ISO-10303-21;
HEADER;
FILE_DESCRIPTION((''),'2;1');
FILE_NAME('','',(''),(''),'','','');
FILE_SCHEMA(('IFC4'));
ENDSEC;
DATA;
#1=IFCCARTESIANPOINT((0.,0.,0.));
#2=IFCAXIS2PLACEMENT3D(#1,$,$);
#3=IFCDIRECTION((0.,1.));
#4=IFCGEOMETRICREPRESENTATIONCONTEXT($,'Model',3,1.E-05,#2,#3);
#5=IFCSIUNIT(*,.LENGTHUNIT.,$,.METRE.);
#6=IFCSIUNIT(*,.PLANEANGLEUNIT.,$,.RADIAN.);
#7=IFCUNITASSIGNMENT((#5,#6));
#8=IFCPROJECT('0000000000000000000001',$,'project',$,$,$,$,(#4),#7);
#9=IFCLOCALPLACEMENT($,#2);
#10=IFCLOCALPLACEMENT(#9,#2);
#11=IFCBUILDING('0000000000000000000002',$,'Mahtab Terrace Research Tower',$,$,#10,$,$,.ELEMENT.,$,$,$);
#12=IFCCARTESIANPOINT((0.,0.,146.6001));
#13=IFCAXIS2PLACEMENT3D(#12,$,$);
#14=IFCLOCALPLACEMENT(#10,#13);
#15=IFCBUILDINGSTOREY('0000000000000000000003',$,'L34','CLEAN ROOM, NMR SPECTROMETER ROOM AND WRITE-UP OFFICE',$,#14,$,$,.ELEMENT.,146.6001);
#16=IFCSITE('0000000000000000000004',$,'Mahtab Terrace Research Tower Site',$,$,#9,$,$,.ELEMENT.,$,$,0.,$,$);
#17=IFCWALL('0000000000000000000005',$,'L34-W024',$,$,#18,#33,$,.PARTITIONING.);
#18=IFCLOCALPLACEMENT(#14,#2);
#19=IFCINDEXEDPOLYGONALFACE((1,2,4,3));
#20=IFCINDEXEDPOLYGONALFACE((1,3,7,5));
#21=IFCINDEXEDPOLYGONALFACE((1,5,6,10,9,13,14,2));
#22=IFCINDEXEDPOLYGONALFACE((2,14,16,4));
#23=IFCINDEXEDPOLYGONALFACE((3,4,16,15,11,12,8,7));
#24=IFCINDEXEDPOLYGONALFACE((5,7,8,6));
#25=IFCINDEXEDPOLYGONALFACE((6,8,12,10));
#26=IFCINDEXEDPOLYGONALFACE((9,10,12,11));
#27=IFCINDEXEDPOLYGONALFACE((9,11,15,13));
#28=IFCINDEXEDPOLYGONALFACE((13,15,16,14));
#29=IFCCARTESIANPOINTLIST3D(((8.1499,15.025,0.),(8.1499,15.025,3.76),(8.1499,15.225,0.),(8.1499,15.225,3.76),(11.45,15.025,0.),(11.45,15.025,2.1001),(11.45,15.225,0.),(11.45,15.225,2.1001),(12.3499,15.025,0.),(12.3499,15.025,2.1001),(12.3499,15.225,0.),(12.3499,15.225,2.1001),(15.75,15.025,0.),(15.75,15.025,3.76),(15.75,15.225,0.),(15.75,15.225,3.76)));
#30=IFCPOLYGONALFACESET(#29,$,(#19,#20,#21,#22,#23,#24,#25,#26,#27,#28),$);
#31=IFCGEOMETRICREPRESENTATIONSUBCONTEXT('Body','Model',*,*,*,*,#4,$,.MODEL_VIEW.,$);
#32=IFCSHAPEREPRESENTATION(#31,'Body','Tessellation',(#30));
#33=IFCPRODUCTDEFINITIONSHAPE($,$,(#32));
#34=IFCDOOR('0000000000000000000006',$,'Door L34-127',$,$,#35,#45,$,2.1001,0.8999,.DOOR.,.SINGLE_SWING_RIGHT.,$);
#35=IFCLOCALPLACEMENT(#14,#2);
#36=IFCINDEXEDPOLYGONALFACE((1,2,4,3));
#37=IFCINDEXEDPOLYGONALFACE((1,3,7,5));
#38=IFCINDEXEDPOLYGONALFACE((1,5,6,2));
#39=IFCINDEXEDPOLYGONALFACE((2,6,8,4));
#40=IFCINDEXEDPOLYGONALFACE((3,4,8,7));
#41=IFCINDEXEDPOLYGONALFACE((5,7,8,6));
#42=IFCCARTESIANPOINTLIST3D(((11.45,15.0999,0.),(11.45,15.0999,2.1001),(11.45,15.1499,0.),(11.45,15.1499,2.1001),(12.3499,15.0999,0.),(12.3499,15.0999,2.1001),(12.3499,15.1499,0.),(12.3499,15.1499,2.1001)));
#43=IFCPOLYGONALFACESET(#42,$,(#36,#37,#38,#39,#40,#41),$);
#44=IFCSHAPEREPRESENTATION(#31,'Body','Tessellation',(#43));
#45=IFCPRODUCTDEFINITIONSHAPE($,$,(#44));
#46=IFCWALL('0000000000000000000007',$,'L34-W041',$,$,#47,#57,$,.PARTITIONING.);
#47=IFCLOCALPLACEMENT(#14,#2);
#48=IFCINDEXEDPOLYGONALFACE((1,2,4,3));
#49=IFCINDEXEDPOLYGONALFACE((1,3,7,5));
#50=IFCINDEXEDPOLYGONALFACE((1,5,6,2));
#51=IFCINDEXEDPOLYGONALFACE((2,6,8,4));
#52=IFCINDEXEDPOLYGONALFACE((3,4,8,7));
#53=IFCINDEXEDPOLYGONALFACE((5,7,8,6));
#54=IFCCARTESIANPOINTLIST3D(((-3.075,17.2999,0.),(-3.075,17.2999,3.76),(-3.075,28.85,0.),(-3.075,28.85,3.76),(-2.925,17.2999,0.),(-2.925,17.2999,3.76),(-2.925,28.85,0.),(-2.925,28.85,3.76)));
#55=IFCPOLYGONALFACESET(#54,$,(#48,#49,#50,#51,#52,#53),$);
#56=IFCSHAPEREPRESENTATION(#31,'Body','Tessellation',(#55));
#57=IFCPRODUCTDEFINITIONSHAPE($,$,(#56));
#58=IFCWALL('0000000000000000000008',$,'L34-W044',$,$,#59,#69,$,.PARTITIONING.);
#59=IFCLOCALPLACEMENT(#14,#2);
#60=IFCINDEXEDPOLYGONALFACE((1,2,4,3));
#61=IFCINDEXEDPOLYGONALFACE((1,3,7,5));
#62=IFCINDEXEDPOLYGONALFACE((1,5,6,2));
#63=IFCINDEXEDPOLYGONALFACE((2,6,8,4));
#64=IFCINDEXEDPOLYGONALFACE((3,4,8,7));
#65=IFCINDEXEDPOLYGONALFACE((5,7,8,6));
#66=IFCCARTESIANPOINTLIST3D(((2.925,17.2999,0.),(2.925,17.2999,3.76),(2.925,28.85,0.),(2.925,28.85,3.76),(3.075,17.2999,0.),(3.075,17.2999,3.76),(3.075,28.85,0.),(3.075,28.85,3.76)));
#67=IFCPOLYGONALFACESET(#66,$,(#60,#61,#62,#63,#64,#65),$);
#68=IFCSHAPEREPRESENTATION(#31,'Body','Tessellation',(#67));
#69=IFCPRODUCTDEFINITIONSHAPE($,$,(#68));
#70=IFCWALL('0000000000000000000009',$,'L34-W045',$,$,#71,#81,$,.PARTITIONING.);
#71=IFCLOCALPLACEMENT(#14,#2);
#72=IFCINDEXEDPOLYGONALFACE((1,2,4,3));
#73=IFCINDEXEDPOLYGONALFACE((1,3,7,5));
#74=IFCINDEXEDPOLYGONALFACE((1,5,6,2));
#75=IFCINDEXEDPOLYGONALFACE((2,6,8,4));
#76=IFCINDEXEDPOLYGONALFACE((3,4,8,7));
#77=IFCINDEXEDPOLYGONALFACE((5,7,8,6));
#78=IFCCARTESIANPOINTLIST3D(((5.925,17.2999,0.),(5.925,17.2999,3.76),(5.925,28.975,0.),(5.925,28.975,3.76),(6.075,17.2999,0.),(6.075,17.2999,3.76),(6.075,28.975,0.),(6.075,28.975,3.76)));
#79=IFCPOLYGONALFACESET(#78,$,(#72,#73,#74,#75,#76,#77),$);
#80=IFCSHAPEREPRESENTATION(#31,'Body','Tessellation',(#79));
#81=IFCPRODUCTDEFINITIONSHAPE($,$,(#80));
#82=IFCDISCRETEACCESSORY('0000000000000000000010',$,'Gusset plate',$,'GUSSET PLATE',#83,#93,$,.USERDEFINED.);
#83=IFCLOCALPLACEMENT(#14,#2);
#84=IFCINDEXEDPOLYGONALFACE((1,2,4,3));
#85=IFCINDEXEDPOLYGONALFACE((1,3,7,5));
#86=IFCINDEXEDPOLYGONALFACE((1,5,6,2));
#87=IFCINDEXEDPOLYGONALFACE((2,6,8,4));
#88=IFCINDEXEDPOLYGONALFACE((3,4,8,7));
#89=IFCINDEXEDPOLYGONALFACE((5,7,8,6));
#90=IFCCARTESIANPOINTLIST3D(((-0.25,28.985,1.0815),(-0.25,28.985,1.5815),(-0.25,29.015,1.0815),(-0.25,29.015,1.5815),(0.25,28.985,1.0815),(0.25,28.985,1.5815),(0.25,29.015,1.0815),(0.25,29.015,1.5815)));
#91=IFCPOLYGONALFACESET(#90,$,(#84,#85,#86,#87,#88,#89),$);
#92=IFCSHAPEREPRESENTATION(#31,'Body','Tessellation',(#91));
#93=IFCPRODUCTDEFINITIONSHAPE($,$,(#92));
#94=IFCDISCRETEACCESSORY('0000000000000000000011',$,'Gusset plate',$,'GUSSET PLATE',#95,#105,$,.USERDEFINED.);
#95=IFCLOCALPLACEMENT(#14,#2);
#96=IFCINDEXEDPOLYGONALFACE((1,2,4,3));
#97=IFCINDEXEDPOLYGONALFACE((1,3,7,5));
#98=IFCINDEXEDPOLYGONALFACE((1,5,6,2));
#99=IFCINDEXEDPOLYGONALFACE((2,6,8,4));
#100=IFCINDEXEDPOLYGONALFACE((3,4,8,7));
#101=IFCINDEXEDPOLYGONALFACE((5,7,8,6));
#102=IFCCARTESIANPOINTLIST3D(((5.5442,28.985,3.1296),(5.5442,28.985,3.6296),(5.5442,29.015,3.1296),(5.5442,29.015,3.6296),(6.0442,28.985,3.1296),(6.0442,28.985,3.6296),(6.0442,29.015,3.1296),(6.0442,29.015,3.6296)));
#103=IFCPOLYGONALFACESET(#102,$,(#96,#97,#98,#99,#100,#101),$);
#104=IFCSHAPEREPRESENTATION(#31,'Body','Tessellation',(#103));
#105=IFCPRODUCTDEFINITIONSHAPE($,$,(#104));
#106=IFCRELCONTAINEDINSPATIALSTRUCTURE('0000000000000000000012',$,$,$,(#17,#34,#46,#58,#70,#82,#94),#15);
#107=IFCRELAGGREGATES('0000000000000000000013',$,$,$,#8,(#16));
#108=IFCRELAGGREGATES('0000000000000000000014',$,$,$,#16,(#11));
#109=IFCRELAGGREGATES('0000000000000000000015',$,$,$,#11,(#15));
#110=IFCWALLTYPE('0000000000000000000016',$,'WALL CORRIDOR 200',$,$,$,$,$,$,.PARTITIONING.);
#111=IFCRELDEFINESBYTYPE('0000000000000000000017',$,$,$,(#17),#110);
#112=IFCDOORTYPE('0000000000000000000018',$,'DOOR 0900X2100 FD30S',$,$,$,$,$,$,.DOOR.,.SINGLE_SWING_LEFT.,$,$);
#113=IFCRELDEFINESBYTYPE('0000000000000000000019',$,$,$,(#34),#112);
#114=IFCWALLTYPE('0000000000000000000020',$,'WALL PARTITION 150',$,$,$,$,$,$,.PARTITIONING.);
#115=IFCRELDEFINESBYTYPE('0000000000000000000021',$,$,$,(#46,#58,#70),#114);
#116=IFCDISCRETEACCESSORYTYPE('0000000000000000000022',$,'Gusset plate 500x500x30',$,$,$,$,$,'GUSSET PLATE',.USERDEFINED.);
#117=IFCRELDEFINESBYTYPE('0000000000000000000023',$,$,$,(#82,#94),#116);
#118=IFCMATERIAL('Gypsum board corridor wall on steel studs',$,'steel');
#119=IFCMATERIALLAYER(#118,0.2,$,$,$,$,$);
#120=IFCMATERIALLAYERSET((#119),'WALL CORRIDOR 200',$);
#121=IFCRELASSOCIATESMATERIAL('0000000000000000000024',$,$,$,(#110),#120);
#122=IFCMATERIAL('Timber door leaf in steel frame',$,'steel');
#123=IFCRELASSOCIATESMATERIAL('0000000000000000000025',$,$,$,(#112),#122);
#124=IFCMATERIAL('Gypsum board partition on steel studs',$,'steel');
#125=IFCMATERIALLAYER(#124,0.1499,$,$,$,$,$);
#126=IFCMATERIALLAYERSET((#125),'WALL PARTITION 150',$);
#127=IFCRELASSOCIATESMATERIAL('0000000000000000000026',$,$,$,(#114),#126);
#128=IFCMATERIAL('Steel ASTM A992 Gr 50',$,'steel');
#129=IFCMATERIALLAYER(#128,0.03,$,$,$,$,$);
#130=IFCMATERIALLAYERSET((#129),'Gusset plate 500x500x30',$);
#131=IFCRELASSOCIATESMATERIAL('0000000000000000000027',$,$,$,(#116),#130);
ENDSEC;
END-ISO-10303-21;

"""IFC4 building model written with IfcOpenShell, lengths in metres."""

from ifc_helpers import new_model, si_unit, direction, frame, frame_2d, origin, origin_2d, place, context, subcontext, project, spatial, rectangle, extrude, material, layer, layer_set, type_object, element, fill, save


model = new_model("IFC4")

# Units and contexts
model_context = context("Model", 3, precision=1e-05, world=origin(), true_north=direction((0.0, 1.0)))
body_context = subcontext(model_context, "Body", "Model", "MODEL_VIEW")
ifc_project = project(units=[si_unit("LENGTHUNIT", "METRE"), si_unit("PLANEANGLEUNIT", "RADIAN")], contexts=[model_context])

# Site, building, storey
site_placement = place(None, origin())
site = spatial("IfcSite", under=ifc_project, at=site_placement, Name="Mahtab Terrace Research Tower Site", CompositionType="ELEMENT", RefElevation=0.0)
building_placement = place(site_placement, origin())
building = spatial("IfcBuilding", under=site, at=building_placement, Name="Mahtab Terrace Research Tower", CompositionType="ELEMENT")
storey_placement = place(building_placement, frame((0.0, 0.0, 146.6001)))
storey = spatial("IfcBuildingStorey", under=building, at=storey_placement, Name="L34", Description="CLEAN ROOM, NMR SPECTROMETER ROOM AND WRITE-UP OFFICE", CompositionType="ELEMENT", Elevation=146.6001)

# Shared definitions
ifc_material_1 = material(Name="Steel ASTM A992 Gr 50", Category="steel")

# Wall, opening, door
ifc_material_2 = material(Name="Gypsum board corridor wall on steel studs", Category="steel")
ifc_layer_1 = layer(ifc_material_2, 0.2)
ifc_layer_set_1 = layer_set([ifc_layer_1], Name="WALL CORRIDOR 200")
wall_type_1 = type_object("IfcWallType", Name="WALL CORRIDOR 200", PredefinedType="PARTITIONING", material=ifc_layer_set_1)
wall_1_placement = place(storey_placement, frame((8.1499, 15.125, 0.0), z_axis=(0.0, 0.0, 1.0), x_axis=(1.0, 0.0, 0.0)))
wall_1 = element("IfcWall", 1, at=wall_1_placement, inside=storey, type_object=wall_type_1, Name="L34-W024", PredefinedType="PARTITIONING", context=body_context, shape_type="SweptSolid", body=[
    extrude(rectangle(XDim=7.6001, YDim=0.2, at=frame_2d((3.8, 0.0))), origin(), (0.0, 0.0, 1.0), 3.76),
])
opening_1_placement = place(wall_1_placement, frame((3.3, 0.0, 0.0)))
opening_1 = element("IfcOpeningElement", 2, at=opening_1_placement, cuts=wall_1, PredefinedType="OPENING", context=body_context, shape_type="SweptSolid", body=[
    extrude(rectangle(XDim=0.8999, YDim=2.1001, at=frame_2d((0.45, 1.05))), frame((0.0, 0.1099, 0.0), z_axis=(0.0, -1.0, 0.0), x_axis=(1.0, 0.0, 0.0)), (0.0, 0.0, 1.0), 0.22),
])
ifc_material_3 = material(Name="Timber door leaf in steel frame", Category="steel")
door_type_1 = type_object("IfcDoorType", Name="DOOR 0900X2100 FD30S", OperationType="SINGLE_SWING_LEFT", PredefinedType="DOOR", material=ifc_material_3)
door_1_placement = place(opening_1_placement, origin())
door_1 = element("IfcDoor", 3, at=door_1_placement, inside=storey, type_object=door_type_1, Name="Door L34-127", OperationType="SINGLE_SWING_RIGHT", OverallHeight=2.1001, OverallWidth=0.8999, PredefinedType="DOOR", context=body_context, shape_type="SweptSolid", body=[
    extrude(rectangle(XDim=0.8999, YDim=2.1001, at=frame_2d((0.45, 1.05))), frame((0.0, 0.0249, 0.0), z_axis=(0.0, -1.0, 0.0), x_axis=(1.0, 0.0, 0.0)), (0.0, 0.0, 1.0), 0.05),
])
fill(opening_1, door_1)

# Walls
ifc_material_4 = material(Name="Gypsum board partition on steel studs", Category="steel")
ifc_layer_2 = layer(ifc_material_4, 0.1499)
ifc_layer_set_2 = layer_set([ifc_layer_2], Name="WALL PARTITION 150")
wall_type_2 = type_object("IfcWallType", Name="WALL PARTITION 150", PredefinedType="PARTITIONING", material=ifc_layer_set_2)
for number, where, z_axis, x_axis, name in (
    (4, (-3.0, 17.3, 0.0), (0.0, 0.0, 1.0), (0.0, 1.0, 0.0), "L34-W041"),
    (5, (3.0, 17.3, 0.0), (0.0, 0.0, 1.0), (0.0, 1.0, 0.0), "L34-W044"),
):
    element("IfcWall", number, at=place(storey_placement, frame(where, z_axis=z_axis, x_axis=x_axis)), inside=storey, type_object=wall_type_2, Name=name, PredefinedType="PARTITIONING", context=body_context, shape_type="SweptSolid", body=[
        extrude(rectangle(XDim=11.55, YDim=0.1499, at=frame_2d((5.7749, 0.0))), origin(), (0.0, 0.0, 1.0), 3.76),
    ])
wall_2_placement = place(storey_placement, frame((6.0, 17.3, 0.0), z_axis=(0.0, 0.0, 1.0), x_axis=(0.0, 1.0, 0.0)))
element("IfcWall", 6, at=wall_2_placement, inside=storey, type_object=wall_type_2, Name="L34-W045", PredefinedType="PARTITIONING", context=body_context, shape_type="SweptSolid", body=[
    extrude(rectangle(XDim=11.675, YDim=0.1499, at=frame_2d((5.8374, 0.0))), origin(), (0.0, 0.0, 1.0), 3.76),
])

# Discrete accessories
ifc_layer_3 = layer(ifc_material_1, 0.03)
ifc_layer_set_3 = layer_set([ifc_layer_3], Name="Gusset plate 500x500x30")
discrete_accessory_type = type_object("IfcDiscreteAccessoryType", Name="Gusset plate 500x500x30", ElementType="GUSSET PLATE", PredefinedType="USERDEFINED", material=ifc_layer_set_3)
for number, where, z_axis, x_axis, name in (
    (7, (0.0, 29.0, 1.0815), (0.0, 0.0, 1.0), (1.0, 0.0, 0.0), "Gusset plate"),
    (8, (5.7942, 29.0, 3.1296), (0.0, 0.0, 1.0), (1.0, 0.0, 0.0), "Gusset plate"),
):
    element("IfcDiscreteAccessory", number, at=place(storey_placement, frame(where, z_axis=z_axis, x_axis=x_axis)), inside=storey, type_object=discrete_accessory_type, Name=name, ObjectType="GUSSET PLATE", PredefinedType="USERDEFINED", context=body_context, shape_type="SweptSolid", body=[
        extrude(rectangle(XDim=0.5, YDim=0.03, at=origin_2d()), origin(), (0.0, 0.0, 1.0), 0.5),
    ])

save(model, "model.ifc")
